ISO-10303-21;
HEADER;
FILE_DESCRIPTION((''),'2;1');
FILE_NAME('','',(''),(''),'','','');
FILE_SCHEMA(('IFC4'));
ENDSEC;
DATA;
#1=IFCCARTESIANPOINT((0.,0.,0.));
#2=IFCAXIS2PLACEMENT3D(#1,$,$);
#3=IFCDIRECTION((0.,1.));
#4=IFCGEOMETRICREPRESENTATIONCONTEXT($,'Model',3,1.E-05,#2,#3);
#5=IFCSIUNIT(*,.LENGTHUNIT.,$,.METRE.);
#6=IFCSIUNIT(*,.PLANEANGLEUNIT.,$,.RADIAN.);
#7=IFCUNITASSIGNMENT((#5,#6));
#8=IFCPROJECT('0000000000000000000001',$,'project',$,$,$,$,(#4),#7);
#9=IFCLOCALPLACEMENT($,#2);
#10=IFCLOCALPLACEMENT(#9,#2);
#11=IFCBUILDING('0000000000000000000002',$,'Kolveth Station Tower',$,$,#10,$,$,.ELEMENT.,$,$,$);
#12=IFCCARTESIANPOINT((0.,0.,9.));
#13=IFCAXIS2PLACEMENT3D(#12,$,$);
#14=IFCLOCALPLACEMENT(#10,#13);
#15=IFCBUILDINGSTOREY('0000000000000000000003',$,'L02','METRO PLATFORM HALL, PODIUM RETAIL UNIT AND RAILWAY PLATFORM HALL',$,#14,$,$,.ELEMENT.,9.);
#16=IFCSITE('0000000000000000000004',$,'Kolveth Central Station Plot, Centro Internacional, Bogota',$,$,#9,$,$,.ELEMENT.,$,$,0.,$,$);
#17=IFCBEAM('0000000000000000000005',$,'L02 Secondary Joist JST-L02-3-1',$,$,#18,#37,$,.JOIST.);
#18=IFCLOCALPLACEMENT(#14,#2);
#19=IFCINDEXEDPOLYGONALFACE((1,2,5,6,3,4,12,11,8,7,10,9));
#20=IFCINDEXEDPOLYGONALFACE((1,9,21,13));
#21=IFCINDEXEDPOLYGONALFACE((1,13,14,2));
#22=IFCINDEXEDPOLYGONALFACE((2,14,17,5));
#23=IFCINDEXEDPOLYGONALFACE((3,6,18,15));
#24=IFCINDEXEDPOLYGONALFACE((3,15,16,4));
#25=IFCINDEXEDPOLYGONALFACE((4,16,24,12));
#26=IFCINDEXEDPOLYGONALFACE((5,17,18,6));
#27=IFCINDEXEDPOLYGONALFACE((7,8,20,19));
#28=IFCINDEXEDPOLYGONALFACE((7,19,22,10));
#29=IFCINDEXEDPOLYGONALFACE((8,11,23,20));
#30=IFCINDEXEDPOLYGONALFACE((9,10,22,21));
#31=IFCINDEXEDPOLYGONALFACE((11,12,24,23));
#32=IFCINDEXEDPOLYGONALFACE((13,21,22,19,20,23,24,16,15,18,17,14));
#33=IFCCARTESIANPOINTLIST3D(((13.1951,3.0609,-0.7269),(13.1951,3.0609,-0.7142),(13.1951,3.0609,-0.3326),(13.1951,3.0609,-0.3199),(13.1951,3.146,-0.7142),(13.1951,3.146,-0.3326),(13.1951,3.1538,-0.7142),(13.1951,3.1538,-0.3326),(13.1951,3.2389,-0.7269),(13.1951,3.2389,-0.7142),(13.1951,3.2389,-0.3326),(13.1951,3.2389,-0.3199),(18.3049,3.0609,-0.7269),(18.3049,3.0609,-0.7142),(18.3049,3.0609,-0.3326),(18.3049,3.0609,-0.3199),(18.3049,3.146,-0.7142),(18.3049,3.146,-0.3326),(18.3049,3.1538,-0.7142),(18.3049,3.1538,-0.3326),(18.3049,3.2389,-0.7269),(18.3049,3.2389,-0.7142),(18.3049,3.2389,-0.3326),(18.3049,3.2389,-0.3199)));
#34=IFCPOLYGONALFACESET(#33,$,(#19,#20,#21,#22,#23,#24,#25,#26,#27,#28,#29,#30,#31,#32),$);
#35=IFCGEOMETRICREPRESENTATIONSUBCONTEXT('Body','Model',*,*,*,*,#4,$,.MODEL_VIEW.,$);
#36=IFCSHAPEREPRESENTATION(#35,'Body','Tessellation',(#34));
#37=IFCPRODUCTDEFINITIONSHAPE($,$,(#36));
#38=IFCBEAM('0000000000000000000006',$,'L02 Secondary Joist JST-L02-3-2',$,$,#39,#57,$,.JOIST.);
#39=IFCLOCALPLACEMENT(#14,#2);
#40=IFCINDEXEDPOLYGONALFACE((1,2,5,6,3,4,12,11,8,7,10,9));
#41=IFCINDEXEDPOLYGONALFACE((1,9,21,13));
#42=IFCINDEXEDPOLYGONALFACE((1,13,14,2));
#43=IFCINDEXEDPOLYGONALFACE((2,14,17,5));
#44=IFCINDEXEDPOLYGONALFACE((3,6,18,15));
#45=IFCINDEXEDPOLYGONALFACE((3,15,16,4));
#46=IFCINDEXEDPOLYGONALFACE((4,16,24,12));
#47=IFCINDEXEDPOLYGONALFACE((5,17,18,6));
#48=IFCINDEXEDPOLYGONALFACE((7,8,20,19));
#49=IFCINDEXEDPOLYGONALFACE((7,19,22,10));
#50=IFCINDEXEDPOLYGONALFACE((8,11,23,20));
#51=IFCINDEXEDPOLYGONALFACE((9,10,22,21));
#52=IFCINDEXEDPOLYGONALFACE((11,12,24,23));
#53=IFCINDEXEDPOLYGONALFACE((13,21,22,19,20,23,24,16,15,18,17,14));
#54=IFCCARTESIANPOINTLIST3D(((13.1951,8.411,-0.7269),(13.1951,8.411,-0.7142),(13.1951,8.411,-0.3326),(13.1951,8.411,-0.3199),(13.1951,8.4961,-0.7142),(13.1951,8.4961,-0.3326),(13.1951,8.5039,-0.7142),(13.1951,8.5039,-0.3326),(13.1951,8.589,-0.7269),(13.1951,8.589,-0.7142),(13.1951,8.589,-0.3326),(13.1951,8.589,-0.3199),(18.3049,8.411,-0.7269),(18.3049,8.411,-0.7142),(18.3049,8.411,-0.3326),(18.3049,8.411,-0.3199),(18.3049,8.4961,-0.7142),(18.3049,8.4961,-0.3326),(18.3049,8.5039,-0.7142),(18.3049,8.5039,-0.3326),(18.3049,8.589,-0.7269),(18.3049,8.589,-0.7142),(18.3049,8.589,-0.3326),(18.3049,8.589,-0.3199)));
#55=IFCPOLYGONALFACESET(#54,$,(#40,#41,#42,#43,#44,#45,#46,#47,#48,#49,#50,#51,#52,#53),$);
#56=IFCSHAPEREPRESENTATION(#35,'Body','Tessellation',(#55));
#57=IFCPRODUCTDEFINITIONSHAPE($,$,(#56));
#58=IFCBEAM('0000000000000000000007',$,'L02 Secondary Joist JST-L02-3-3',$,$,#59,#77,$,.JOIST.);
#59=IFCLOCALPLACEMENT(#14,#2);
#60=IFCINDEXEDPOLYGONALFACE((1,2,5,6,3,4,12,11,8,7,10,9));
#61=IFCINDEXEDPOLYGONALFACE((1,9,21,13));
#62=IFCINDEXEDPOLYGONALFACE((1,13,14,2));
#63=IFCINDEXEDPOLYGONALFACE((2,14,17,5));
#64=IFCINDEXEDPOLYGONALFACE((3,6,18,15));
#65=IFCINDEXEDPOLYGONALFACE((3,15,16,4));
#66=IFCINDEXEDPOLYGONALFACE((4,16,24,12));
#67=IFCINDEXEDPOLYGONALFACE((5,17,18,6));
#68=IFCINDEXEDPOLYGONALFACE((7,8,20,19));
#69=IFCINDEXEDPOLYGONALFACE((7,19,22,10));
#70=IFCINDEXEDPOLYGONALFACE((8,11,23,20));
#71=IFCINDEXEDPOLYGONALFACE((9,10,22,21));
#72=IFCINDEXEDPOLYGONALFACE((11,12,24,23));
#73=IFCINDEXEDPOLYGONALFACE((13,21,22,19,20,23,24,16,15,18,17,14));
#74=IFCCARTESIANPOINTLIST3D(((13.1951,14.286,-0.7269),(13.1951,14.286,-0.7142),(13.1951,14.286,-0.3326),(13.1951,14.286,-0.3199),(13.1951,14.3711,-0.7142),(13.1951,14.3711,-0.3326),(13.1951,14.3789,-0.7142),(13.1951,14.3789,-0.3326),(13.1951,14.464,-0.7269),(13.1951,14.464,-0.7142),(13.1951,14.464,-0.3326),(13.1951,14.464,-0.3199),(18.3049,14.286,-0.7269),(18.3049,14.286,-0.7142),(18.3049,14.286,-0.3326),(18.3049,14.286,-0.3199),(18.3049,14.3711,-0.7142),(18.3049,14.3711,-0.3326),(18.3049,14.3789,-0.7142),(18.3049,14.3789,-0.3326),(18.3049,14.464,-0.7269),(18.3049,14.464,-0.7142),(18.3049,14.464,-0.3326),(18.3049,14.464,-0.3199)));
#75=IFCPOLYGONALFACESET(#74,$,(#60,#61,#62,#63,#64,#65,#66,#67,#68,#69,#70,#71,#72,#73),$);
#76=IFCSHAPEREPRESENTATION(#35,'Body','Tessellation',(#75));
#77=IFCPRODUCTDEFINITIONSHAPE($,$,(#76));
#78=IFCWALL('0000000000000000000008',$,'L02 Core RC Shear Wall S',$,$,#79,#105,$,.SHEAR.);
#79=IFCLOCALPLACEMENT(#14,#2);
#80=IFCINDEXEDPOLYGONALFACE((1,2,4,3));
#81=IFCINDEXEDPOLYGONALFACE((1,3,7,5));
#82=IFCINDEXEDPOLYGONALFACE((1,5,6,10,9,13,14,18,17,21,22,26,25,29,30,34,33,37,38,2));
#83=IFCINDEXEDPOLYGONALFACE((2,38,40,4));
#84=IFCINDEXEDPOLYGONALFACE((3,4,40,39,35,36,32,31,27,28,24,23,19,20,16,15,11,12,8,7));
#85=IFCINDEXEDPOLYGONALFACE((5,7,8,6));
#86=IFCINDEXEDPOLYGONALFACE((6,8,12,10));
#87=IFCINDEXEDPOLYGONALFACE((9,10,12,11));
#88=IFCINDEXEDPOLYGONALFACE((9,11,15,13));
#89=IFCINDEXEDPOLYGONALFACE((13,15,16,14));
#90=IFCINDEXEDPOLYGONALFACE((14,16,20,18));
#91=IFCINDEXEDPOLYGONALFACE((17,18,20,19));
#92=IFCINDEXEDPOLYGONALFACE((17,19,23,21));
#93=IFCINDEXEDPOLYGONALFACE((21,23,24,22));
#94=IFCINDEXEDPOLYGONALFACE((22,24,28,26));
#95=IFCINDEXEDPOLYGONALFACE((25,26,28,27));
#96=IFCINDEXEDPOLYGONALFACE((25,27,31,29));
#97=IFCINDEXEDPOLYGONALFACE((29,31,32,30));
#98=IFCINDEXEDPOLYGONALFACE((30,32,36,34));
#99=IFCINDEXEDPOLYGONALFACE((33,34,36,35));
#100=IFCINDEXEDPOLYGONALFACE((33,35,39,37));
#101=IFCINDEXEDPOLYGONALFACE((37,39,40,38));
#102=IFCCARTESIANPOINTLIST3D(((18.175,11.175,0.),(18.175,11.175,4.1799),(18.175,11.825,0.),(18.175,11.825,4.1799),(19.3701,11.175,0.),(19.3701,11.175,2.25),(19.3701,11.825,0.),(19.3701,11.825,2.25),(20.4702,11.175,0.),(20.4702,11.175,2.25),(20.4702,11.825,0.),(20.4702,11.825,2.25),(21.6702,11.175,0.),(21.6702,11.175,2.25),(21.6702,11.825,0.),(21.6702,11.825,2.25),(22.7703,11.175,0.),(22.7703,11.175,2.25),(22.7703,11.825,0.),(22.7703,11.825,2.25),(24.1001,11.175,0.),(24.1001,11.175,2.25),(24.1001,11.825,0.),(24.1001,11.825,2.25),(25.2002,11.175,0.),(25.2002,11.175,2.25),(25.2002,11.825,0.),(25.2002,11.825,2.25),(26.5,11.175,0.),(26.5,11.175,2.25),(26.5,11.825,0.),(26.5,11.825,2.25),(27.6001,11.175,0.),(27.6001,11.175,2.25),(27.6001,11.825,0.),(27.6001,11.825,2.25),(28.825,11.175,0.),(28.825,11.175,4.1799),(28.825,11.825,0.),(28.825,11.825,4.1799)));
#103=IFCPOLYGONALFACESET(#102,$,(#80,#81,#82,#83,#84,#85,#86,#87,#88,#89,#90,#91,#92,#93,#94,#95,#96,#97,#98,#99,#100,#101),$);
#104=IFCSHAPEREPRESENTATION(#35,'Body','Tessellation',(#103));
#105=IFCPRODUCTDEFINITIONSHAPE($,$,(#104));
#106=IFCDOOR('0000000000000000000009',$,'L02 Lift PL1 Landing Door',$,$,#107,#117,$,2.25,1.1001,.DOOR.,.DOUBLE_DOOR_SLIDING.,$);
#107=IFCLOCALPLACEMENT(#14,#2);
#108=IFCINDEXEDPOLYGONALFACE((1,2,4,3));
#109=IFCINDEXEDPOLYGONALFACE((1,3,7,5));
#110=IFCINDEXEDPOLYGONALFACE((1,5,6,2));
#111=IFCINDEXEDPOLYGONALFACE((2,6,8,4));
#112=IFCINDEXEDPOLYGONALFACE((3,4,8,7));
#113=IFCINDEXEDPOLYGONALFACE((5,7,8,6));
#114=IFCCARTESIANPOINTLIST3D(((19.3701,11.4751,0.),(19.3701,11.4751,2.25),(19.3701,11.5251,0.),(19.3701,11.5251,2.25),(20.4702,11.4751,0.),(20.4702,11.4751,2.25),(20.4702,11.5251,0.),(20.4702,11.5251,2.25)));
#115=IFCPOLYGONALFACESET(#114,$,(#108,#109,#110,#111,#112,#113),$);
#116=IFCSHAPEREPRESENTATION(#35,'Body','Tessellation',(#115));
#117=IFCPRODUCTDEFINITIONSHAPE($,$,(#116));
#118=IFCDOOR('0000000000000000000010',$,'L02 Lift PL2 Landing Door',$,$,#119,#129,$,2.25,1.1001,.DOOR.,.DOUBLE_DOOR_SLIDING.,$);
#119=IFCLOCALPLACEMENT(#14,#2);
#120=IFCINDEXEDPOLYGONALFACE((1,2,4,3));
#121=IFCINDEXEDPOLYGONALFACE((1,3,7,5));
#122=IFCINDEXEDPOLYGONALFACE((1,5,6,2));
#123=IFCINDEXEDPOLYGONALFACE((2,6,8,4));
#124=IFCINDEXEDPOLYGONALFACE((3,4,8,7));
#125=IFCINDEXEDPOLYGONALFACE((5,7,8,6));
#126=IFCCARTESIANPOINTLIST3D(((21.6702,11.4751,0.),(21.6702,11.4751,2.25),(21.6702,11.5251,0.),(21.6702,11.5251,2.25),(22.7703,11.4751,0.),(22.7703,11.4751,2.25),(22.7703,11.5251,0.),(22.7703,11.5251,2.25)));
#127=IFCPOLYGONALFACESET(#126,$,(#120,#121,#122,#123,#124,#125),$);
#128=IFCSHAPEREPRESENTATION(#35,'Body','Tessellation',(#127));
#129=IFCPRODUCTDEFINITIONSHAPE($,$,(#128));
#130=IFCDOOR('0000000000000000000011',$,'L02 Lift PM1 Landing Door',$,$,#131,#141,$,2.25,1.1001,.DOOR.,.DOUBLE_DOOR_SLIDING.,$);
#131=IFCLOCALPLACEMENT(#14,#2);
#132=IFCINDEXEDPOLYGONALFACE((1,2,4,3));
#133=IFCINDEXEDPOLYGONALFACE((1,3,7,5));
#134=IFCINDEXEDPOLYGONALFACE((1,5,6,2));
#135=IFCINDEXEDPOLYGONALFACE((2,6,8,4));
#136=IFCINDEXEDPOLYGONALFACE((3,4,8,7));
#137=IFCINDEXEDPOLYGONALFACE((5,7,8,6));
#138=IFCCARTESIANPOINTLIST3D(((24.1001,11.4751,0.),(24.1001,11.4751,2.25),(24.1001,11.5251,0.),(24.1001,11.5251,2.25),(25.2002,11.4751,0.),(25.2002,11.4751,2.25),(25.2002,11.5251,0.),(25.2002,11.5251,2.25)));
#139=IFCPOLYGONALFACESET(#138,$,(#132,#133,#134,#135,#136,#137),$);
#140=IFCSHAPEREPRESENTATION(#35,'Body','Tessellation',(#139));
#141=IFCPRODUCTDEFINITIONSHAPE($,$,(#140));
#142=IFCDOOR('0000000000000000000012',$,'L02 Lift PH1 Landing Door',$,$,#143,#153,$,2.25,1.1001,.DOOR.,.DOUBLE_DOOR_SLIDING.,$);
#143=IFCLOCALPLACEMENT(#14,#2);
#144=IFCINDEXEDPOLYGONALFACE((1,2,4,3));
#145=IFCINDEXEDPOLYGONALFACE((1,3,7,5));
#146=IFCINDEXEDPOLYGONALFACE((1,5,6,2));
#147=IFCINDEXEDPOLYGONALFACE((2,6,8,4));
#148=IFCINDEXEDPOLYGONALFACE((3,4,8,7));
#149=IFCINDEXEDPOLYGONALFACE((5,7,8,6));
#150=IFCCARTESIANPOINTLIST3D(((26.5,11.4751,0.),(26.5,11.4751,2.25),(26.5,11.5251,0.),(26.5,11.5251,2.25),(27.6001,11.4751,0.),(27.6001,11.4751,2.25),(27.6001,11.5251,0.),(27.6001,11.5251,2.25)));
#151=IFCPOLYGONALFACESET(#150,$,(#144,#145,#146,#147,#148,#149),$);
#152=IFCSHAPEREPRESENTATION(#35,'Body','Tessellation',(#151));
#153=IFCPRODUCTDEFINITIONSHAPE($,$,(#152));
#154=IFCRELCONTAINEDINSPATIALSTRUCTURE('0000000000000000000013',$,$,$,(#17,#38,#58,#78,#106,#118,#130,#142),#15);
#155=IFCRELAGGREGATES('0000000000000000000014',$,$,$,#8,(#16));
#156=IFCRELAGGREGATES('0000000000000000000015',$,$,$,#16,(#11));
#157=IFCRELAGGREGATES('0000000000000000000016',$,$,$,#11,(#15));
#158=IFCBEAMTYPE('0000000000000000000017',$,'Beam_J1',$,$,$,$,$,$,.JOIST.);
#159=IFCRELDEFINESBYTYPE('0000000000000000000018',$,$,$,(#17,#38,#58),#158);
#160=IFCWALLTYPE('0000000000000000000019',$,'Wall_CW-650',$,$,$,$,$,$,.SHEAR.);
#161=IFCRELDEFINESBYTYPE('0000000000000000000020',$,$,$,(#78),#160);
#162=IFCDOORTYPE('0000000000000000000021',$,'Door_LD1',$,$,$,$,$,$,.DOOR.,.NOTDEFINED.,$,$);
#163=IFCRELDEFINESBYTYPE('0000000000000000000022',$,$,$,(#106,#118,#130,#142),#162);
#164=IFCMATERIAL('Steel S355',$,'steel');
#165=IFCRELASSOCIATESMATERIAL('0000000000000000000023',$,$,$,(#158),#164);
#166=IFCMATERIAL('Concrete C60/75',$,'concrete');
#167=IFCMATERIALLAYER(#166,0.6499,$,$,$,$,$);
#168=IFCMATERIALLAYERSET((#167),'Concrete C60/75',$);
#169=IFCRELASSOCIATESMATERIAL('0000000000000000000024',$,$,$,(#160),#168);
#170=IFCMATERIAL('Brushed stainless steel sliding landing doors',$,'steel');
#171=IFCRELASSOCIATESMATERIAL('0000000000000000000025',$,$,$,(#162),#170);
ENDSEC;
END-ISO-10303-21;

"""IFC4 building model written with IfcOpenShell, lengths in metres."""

from ifc_helpers import new_model, si_unit, direction, frame, frame_2d, origin, origin_2d, place, context, subcontext, project, spatial, rectangle, i_section, extrude, source, transform, mapped, material, layer, layer_set, material_profile, profile_set, type_object, element, fill, save


model = new_model("IFC4")

# Units and contexts
model_context = context("Model", 3, precision=1e-05, world=origin(), true_north=direction((0.0, 1.0)))
body_context = subcontext(model_context, "Body", "Model", "MODEL_VIEW")
ifc_project = project(units=[si_unit("LENGTHUNIT", "METRE"), si_unit("PLANEANGLEUNIT", "RADIAN")], contexts=[model_context])

# Site, building, storey
site_placement = place(None, origin())
site = spatial("IfcSite", under=ifc_project, at=site_placement, Name="Kolveth Central Station Plot, Centro Internacional, Bogota", CompositionType="ELEMENT", RefElevation=0.0)
building_placement = place(site_placement, origin())
building = spatial("IfcBuilding", under=site, at=building_placement, Name="Kolveth Station Tower", CompositionType="ELEMENT")
storey_placement = place(building_placement, frame((0.0, 0.0, 9.0)))
storey = spatial("IfcBuildingStorey", under=building, at=storey_placement, Name="L02", Description="METRO PLATFORM HALL, PODIUM RETAIL UNIT AND RAILWAY PLATFORM HALL", CompositionType="ELEMENT", Elevation=9.0)

# Beams
ifc_material_1 = material(Name="Steel S355", Category="steel")
ifc_material_profile_1 = material_profile(ifc_material_1, i_section(OverallWidth=0.178, OverallDepth=0.407, WebThickness=0.0078, FlangeThickness=0.0127, at=origin_2d()), Name="W410x60")
ifc_profile_set_1 = profile_set([ifc_material_profile_1], Name="Steel S355")
beam_type_1 = type_object("IfcBeamType", Name="Beam_J1", PredefinedType="JOIST", material=ifc_profile_set_1)
shared_shape_1 = source(origin(), body_context, "Body", "SweptSolid", [
    extrude(i_section(OverallWidth=0.178, OverallDepth=0.407, WebThickness=0.0078, FlangeThickness=0.0127, at=origin_2d()), origin(), (0.0, 0.0, 1.0), 5.1099),
])
for number, where, z_axis, x_axis, name in (
    (1, (13.1951, 3.1499, -0.5234), (1.0, 0.0, 0.0), (0.0, 1.0, 0.0), "L02 Secondary Joist JST-L02-3-1"),
    (2, (13.1951, 8.5, -0.5234), (1.0, 0.0, 0.0), (0.0, 1.0, 0.0), "L02 Secondary Joist JST-L02-3-2"),
    (3, (13.1951, 14.375, -0.5234), (1.0, 0.0, 0.0), (0.0, 1.0, 0.0), "L02 Secondary Joist JST-L02-3-3"),
):
    element("IfcBeam", number, at=place(storey_placement, frame(where, z_axis=z_axis, x_axis=x_axis)), inside=storey, type_object=beam_type_1, Name=name, PredefinedType="JOIST", context=body_context, shape_type="MappedRepresentation", body=[
        mapped(shared_shape_1, transform((0.0, 0.0, 0.0), x_axis=(1.0, 0.0, 0.0), y_axis=(0.0, 1.0, 0.0), z_axis=(0.0, 0.0, 1.0), scale=1.0)),
    ])

# Wall, openings, doors
ifc_material_2 = material(Name="Concrete C60/75", Category="concrete")
ifc_layer_1 = layer(ifc_material_2, 0.6499)
ifc_layer_set_1 = layer_set([ifc_layer_1], Name="Concrete C60/75")
wall_type_1 = type_object("IfcWallType", Name="Wall_CW-650", PredefinedType="SHEAR", material=ifc_layer_set_1)
wall_1_placement = place(storey_placement, frame((18.175, 11.5, 0.0), z_axis=(0.0, 0.0, 1.0), x_axis=(1.0, 0.0, 0.0)))
wall_1 = element("IfcWall", 4, at=wall_1_placement, inside=storey, type_object=wall_type_1, Name="L02 Core RC Shear Wall S", PredefinedType="SHEAR", context=body_context, shape_type="SweptSolid", body=[
    extrude(rectangle(XDim=10.6499, YDim=0.6499, at=frame_2d((5.325, 0.0))), origin(), (0.0, 0.0, 1.0), 4.1799),
])
opening_1_placement = place(wall_1_placement, frame((1.1951, 0.0, 0.0)))
opening_1 = element("IfcOpeningElement", 5, at=opening_1_placement, cuts=wall_1, PredefinedType="OPENING", context=body_context, shape_type="SweptSolid", body=[
    extrude(rectangle(XDim=1.1001, YDim=2.25, at=frame_2d((0.55, 1.125))), frame((0.0, 0.335, 0.0), z_axis=(0.0, -1.0, 0.0), x_axis=(1.0, 0.0, 0.0)), (0.0, 0.0, 1.0), 0.6699),
])
opening_2_placement = place(wall_1_placement, frame((3.4951, 0.0, 0.0)))
opening_2 = element("IfcOpeningElement", 6, at=opening_2_placement, cuts=wall_1, PredefinedType="OPENING", context=body_context, shape_type="SweptSolid", body=[
    extrude(rectangle(XDim=1.1001, YDim=2.25, at=frame_2d((0.55, 1.125))), frame((0.0, 0.335, 0.0), z_axis=(0.0, -1.0, 0.0), x_axis=(1.0, 0.0, 0.0)), (0.0, 0.0, 1.0), 0.6699),
])
opening_3_placement = place(wall_1_placement, frame((5.925, 0.0, 0.0)))
opening_3 = element("IfcOpeningElement", 7, at=opening_3_placement, cuts=wall_1, PredefinedType="OPENING", context=body_context, shape_type="SweptSolid", body=[
    extrude(rectangle(XDim=1.1001, YDim=2.25, at=frame_2d((0.55, 1.125))), frame((0.0, 0.335, 0.0), z_axis=(0.0, -1.0, 0.0), x_axis=(1.0, 0.0, 0.0)), (0.0, 0.0, 1.0), 0.6699),
])
opening_4_placement = place(wall_1_placement, frame((8.325, 0.0, 0.0)))
opening_4 = element("IfcOpeningElement", 8, at=opening_4_placement, cuts=wall_1, PredefinedType="OPENING", context=body_context, shape_type="SweptSolid", body=[
    extrude(rectangle(XDim=1.1001, YDim=2.25, at=frame_2d((0.55, 1.125))), frame((0.0, 0.335, 0.0), z_axis=(0.0, -1.0, 0.0), x_axis=(1.0, 0.0, 0.0)), (0.0, 0.0, 1.0), 0.6699),
])
ifc_material_3 = material(Name="Brushed stainless steel sliding landing doors", Category="steel")
door_type_1 = type_object("IfcDoorType", Name="Door_LD1", OperationType="NOTDEFINED", PredefinedType="DOOR", material=ifc_material_3)
door_1_placement = place(opening_1_placement, frame((1.1001, 0.0, 0.0), z_axis=(0.0, 0.0, 1.0), x_axis=(-1.0, 0.0, 0.0)))
door_1 = element("IfcDoor", 9, at=door_1_placement, inside=storey, type_object=door_type_1, Name="L02 Lift PL1 Landing Door", OperationType="DOUBLE_DOOR_SLIDING", OverallHeight=2.25, OverallWidth=1.1001, PredefinedType="DOOR", context=body_context, shape_type="SweptSolid", body=[
    extrude(rectangle(XDim=1.1001, YDim=2.25, at=frame_2d((0.55, 1.125))), frame((0.0, 0.0249, 0.0), z_axis=(0.0, -1.0, 0.0), x_axis=(1.0, 0.0, 0.0)), (0.0, 0.0, 1.0), 0.05),
])
fill(opening_1, door_1)
door_2_placement = place(opening_2_placement, frame((1.1001, 0.0, 0.0), z_axis=(0.0, 0.0, 1.0), x_axis=(-1.0, 0.0, 0.0)))
door_2 = element("IfcDoor", 10, at=door_2_placement, inside=storey, type_object=door_type_1, Name="L02 Lift PL2 Landing Door", OperationType="DOUBLE_DOOR_SLIDING", OverallHeight=2.25, OverallWidth=1.1001, PredefinedType="DOOR", context=body_context, shape_type="SweptSolid", body=[
    extrude(rectangle(XDim=1.1001, YDim=2.25, at=frame_2d((0.55, 1.125))), frame((0.0, 0.0249, 0.0), z_axis=(0.0, -1.0, 0.0), x_axis=(1.0, 0.0, 0.0)), (0.0, 0.0, 1.0), 0.05),
])
fill(opening_2, door_2)
door_3_placement = place(opening_3_placement, frame((1.1001, 0.0, 0.0), z_axis=(0.0, 0.0, 1.0), x_axis=(-1.0, 0.0, 0.0)))
door_3 = element("IfcDoor", 11, at=door_3_placement, inside=storey, type_object=door_type_1, Name="L02 Lift PM1 Landing Door", OperationType="DOUBLE_DOOR_SLIDING", OverallHeight=2.25, OverallWidth=1.1001, PredefinedType="DOOR", context=body_context, shape_type="SweptSolid", body=[
    extrude(rectangle(XDim=1.1001, YDim=2.25, at=frame_2d((0.55, 1.125))), frame((0.0, 0.0249, 0.0), z_axis=(0.0, -1.0, 0.0), x_axis=(1.0, 0.0, 0.0)), (0.0, 0.0, 1.0), 0.05),
])
fill(opening_3, door_3)
door_4_placement = place(opening_4_placement, frame((1.1001, 0.0, 0.0), z_axis=(0.0, 0.0, 1.0), x_axis=(-1.0, 0.0, 0.0)))
door_4 = element("IfcDoor", 12, at=door_4_placement, inside=storey, type_object=door_type_1, Name="L02 Lift PH1 Landing Door", OperationType="DOUBLE_DOOR_SLIDING", OverallHeight=2.25, OverallWidth=1.1001, PredefinedType="DOOR", context=body_context, shape_type="SweptSolid", body=[
    extrude(rectangle(XDim=1.1001, YDim=2.25, at=frame_2d((0.55, 1.125))), frame((0.0, 0.0249, 0.0), z_axis=(0.0, -1.0, 0.0), x_axis=(1.0, 0.0, 0.0)), (0.0, 0.0, 1.0), 0.05),
])
fill(opening_4, door_4)

save(model, "model.ifc")
